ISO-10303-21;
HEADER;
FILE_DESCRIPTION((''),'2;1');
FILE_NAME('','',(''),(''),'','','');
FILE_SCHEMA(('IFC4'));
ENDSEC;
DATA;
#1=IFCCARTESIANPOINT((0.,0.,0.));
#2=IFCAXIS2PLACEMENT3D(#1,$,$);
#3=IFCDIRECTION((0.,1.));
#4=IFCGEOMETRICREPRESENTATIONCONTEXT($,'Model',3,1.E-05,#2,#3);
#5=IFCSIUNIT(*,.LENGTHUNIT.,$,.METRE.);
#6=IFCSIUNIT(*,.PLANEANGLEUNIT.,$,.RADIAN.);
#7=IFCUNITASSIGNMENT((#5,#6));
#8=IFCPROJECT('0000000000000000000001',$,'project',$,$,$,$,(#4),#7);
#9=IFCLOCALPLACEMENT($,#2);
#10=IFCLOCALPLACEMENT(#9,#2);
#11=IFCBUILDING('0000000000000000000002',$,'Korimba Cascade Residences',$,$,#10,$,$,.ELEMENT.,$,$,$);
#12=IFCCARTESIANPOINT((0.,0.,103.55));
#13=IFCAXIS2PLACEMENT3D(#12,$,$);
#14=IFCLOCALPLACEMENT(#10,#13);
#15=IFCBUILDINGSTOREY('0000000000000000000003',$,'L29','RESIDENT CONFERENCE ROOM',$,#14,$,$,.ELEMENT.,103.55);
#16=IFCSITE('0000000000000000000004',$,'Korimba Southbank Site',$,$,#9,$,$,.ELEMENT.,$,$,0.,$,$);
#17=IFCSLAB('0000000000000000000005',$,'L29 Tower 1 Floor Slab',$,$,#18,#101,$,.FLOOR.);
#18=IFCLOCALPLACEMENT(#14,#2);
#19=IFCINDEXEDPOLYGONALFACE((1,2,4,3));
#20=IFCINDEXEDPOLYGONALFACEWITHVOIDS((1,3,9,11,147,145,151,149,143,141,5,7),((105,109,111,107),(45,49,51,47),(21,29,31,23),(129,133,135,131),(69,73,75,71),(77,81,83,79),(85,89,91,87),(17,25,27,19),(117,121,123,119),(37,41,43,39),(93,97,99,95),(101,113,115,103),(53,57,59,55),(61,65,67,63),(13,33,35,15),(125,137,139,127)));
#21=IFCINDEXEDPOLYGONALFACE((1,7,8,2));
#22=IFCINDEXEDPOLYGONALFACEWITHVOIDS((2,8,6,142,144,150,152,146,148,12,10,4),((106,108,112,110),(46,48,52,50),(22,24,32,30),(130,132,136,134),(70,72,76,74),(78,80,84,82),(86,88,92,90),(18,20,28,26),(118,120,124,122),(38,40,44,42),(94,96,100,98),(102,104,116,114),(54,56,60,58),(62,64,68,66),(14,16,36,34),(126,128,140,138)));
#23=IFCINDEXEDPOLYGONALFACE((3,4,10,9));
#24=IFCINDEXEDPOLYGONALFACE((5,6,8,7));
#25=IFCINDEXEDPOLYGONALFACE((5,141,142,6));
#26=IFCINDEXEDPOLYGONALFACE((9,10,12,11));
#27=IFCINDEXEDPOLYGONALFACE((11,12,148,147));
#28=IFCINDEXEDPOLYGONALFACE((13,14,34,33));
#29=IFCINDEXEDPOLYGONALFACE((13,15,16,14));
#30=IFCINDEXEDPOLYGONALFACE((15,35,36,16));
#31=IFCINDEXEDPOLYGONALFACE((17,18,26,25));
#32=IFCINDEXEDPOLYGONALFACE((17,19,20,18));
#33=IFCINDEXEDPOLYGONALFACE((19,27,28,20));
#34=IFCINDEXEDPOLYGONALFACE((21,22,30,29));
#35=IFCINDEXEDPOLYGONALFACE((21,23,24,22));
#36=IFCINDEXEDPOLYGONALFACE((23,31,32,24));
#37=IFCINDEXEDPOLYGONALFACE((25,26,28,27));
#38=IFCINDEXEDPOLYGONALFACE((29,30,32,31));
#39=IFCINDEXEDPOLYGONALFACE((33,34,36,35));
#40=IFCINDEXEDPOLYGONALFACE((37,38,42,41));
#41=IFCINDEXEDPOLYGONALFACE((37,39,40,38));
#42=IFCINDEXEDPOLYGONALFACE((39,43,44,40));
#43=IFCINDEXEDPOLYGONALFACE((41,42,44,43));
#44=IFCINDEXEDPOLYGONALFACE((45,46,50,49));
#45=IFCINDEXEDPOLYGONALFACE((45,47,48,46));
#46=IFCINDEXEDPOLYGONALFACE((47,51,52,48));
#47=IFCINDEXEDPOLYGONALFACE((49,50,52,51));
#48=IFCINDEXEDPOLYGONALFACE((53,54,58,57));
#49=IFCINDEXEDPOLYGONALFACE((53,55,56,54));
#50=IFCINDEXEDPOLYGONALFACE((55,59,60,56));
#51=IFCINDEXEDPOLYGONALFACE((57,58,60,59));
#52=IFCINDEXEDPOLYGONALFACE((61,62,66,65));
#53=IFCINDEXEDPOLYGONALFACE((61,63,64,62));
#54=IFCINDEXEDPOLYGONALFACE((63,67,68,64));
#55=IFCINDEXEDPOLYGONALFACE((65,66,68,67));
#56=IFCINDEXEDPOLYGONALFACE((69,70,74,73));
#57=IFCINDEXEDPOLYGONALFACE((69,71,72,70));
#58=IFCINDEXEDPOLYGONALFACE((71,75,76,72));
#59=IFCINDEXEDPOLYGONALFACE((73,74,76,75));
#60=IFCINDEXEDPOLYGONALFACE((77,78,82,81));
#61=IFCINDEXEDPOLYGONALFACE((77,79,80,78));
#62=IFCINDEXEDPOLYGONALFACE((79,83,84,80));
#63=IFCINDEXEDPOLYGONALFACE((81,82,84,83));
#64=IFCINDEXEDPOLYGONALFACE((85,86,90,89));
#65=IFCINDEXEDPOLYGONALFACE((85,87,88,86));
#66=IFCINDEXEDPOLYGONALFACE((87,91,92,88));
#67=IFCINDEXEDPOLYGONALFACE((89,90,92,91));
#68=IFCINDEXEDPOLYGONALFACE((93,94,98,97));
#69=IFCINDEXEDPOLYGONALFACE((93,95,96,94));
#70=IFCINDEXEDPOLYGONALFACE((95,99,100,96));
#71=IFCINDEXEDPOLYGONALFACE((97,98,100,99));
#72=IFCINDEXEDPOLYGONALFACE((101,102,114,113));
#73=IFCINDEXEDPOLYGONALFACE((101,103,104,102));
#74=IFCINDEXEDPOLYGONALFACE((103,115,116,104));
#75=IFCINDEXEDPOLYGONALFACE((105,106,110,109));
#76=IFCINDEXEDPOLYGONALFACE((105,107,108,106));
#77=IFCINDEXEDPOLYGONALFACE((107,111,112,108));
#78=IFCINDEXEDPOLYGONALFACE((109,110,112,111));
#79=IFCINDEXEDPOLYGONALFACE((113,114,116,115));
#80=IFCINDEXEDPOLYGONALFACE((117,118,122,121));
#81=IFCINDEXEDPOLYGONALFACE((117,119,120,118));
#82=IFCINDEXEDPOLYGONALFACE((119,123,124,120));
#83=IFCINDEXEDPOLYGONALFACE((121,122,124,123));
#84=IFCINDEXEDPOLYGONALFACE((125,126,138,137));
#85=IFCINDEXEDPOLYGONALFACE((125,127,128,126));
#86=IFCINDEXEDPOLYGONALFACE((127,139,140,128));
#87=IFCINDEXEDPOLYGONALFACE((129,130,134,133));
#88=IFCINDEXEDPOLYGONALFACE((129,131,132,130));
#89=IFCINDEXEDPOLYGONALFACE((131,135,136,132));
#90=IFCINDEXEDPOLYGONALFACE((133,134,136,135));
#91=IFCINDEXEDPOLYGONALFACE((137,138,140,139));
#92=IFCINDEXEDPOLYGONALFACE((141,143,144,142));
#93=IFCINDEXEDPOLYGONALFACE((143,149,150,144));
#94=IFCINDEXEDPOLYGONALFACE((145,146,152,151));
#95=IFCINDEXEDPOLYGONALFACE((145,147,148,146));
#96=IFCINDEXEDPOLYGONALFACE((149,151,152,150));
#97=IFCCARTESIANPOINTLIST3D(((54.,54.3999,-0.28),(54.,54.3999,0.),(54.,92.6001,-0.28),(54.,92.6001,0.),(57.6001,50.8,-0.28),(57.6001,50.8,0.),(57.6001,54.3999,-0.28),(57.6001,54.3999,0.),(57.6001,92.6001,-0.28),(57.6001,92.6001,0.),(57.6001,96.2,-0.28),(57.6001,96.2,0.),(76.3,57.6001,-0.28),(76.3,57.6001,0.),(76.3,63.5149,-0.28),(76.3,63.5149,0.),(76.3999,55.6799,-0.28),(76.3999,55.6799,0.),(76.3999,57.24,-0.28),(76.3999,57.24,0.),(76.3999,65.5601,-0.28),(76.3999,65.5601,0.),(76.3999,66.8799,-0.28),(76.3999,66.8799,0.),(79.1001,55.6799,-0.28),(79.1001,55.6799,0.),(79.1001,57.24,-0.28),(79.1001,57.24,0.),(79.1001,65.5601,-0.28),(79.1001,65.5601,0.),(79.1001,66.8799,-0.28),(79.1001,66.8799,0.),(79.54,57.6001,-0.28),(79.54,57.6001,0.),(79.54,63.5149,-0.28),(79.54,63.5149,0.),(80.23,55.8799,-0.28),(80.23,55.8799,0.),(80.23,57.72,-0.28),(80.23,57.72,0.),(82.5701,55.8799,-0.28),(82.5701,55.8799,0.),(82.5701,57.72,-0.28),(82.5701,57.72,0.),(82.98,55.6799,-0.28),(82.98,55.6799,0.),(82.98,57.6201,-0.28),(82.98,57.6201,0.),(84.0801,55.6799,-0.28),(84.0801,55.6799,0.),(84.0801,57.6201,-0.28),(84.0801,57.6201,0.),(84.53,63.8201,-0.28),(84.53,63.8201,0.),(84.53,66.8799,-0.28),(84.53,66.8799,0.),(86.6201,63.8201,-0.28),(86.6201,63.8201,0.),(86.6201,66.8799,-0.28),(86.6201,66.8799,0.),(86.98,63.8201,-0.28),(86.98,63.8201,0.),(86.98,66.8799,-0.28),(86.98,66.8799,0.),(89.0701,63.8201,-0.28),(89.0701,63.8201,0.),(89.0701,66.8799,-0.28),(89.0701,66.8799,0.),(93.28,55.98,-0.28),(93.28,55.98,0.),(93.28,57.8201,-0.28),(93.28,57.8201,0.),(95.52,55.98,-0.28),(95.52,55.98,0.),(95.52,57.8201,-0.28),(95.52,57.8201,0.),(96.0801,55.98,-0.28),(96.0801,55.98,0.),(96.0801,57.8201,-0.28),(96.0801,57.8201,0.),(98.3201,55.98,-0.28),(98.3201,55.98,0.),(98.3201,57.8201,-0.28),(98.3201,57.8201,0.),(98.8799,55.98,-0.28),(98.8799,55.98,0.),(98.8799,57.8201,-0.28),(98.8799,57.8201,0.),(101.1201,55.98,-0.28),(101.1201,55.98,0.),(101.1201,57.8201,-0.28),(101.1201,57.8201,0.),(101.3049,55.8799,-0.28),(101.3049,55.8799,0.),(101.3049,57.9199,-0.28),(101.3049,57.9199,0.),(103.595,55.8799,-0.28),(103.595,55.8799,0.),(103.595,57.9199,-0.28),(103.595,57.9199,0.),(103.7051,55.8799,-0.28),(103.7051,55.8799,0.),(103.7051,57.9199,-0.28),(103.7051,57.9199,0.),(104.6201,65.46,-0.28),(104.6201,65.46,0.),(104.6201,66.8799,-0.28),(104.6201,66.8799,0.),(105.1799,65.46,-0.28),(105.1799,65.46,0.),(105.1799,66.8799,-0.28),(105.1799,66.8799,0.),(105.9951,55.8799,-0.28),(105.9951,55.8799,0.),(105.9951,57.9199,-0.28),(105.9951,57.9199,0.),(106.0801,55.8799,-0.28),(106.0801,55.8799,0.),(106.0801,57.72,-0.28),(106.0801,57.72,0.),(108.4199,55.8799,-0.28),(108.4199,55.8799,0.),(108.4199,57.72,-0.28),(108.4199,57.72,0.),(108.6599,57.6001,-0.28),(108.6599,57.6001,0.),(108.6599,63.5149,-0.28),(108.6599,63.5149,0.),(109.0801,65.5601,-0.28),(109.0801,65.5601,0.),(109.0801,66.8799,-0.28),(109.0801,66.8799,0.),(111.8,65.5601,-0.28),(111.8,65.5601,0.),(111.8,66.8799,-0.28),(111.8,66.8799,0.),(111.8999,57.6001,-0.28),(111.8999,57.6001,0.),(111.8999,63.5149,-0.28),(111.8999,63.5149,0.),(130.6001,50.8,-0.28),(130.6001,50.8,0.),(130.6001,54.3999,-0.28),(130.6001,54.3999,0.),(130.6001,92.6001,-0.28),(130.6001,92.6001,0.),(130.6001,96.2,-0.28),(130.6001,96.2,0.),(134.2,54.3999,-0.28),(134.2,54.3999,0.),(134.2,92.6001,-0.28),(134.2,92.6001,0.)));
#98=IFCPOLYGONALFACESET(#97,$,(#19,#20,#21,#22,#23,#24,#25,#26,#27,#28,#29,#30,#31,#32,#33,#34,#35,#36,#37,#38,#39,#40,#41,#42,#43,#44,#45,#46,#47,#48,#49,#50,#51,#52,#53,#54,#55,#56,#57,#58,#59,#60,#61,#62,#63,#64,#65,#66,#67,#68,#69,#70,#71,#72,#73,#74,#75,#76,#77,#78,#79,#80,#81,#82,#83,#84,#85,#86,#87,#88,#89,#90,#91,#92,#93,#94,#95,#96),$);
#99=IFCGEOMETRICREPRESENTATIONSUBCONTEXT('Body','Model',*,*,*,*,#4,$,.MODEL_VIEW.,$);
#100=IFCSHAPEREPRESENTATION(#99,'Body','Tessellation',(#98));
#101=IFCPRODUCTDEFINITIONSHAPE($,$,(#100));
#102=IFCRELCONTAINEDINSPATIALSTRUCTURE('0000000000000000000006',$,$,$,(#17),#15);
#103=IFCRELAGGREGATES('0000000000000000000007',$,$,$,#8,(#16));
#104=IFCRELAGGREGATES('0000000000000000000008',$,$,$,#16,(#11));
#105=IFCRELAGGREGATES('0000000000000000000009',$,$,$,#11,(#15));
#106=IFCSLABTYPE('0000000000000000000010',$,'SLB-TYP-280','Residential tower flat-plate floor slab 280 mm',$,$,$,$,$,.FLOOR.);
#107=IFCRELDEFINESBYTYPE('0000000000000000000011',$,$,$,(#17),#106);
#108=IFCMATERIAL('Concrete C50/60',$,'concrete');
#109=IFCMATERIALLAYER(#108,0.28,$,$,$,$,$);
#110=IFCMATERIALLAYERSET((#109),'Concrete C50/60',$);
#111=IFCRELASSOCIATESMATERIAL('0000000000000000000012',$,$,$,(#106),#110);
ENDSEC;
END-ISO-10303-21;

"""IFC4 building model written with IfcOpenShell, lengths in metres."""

from ifc_helpers import new_model, si_unit, direction, frame, origin, place, context, subcontext, project, spatial, polyline, outline, extrude, material, layer, layer_set, type_object, element, save


model = new_model("IFC4")

# Units and contexts
model_context = context("Model", 3, precision=1e-05, world=origin(), true_north=direction((0.0, 1.0)))
body_context = subcontext(model_context, "Body", "Model", "MODEL_VIEW")
ifc_project = project(units=[si_unit("LENGTHUNIT", "METRE"), si_unit("PLANEANGLEUNIT", "RADIAN")], contexts=[model_context])

# Site, building, storey
site_placement = place(None, origin())
site = spatial("IfcSite", under=ifc_project, at=site_placement, Name="Korimba Southbank Site", CompositionType="ELEMENT", RefElevation=0.0)
building_placement = place(site_placement, origin())
building = spatial("IfcBuilding", under=site, at=building_placement, Name="Korimba Cascade Residences", CompositionType="ELEMENT")
storey_placement = place(building_placement, frame((0.0, 0.0, 103.55)))
storey = spatial("IfcBuildingStorey", under=building, at=storey_placement, Name="L29", Description="RESIDENT CONFERENCE ROOM", CompositionType="ELEMENT", Elevation=103.55)

# Shared definitions
ifc_material_1 = material(Name="Concrete C50/60", Category="concrete")

# Slab
ifc_layer_1 = layer(ifc_material_1, 0.28)
ifc_layer_set_1 = layer_set([ifc_layer_1], Name="Concrete C50/60")
slab_type_1 = type_object("IfcSlabType", Name="SLB-TYP-280", Description="Residential tower flat-plate floor slab 280 mm", PredefinedType="FLOOR", material=ifc_layer_set_1)
slab_1_placement = place(storey_placement, frame((0.0, 0.0, -0.28)))
element("IfcSlab", 1, at=slab_1_placement, inside=storey, type_object=slab_type_1, Name="L29 Tower 1 Floor Slab", PredefinedType="FLOOR", context=body_context, shape_type="SweptSolid", body=[
    extrude(outline(polyline([(57.6001, 50.8), (130.6001, 50.8), (130.6001, 54.3999), (134.2, 54.3999), (134.2, 92.6001), (130.6001, 92.6001), (130.6001, 96.2), (57.6001, 96.2), (57.6001, 92.6001), (54.0, 92.6001), (54.0, 54.3999), (57.6001, 54.3999), (57.6001, 50.8)]), holes=[polyline([(76.3, 63.5149), (76.3, 57.6001), (79.54, 57.6001), (79.54, 63.5149), (76.3, 63.5149)]), polyline([(108.6599, 63.5149), (108.6599, 57.6001), (111.8999, 57.6001), (111.8999, 63.5149), (108.6599, 63.5149)]), polyline([(80.23, 55.8799), (82.5701, 55.8799), (82.5701, 57.72), (80.23, 57.72), (80.23, 55.8799)]), polyline([(106.0801, 55.8799), (108.4199, 55.8799), (108.4199, 57.72), (106.0801, 57.72), (106.0801, 55.8799)]), polyline([(93.28, 55.98), (95.52, 55.98), (95.52, 57.8201), (93.28, 57.8201), (93.28, 55.98)]), polyline([(96.0801, 55.98), (98.3201, 55.98), (98.3201, 57.8201), (96.0801, 57.8201), (96.0801, 55.98)]), polyline([(98.8799, 55.98), (101.1201, 55.98), (101.1201, 57.8201), (98.8799, 57.8201), (98.8799, 55.98)]), polyline([(101.3049, 55.8799), (103.595, 55.8799), (103.595, 57.9199), (101.3049, 57.9199), (101.3049, 55.8799)]), polyline([(103.7051, 55.8799), (105.9951, 55.8799), (105.9951, 57.9199), (103.7051, 57.9199), (103.7051, 55.8799)]), polyline([(82.98, 55.6799), (84.0801, 55.6799), (84.0801, 57.6201), (82.98, 57.6201), (82.98, 55.6799)]), polyline([(76.3999, 65.5601), (79.1001, 65.5601), (79.1001, 66.8799), (76.3999, 66.8799), (76.3999, 65.5601)]), polyline([(76.3999, 55.6799), (79.1001, 55.6799), (79.1001, 57.24), (76.3999, 57.24), (76.3999, 55.6799)]), polyline([(84.53, 63.8201), (86.6201, 63.8201), (86.6201, 66.8799), (84.53, 66.8799), (84.53, 63.8201)]), polyline([(86.98, 63.8201), (89.0701, 63.8201), (89.0701, 66.8799), (86.98, 66.8799), (86.98, 63.8201)]), polyline([(104.6201, 65.46), (105.1799, 65.46), (105.1799, 66.8799), (104.6201, 66.8799), (104.6201, 65.46)]), polyline([(109.0801, 65.5601), (111.8, 65.5601), (111.8, 66.8799), (109.0801, 66.8799), (109.0801, 65.5601)])]), origin(), (0.0, 0.0, 1.0), 0.28),
])

save(model, "model.ifc")
